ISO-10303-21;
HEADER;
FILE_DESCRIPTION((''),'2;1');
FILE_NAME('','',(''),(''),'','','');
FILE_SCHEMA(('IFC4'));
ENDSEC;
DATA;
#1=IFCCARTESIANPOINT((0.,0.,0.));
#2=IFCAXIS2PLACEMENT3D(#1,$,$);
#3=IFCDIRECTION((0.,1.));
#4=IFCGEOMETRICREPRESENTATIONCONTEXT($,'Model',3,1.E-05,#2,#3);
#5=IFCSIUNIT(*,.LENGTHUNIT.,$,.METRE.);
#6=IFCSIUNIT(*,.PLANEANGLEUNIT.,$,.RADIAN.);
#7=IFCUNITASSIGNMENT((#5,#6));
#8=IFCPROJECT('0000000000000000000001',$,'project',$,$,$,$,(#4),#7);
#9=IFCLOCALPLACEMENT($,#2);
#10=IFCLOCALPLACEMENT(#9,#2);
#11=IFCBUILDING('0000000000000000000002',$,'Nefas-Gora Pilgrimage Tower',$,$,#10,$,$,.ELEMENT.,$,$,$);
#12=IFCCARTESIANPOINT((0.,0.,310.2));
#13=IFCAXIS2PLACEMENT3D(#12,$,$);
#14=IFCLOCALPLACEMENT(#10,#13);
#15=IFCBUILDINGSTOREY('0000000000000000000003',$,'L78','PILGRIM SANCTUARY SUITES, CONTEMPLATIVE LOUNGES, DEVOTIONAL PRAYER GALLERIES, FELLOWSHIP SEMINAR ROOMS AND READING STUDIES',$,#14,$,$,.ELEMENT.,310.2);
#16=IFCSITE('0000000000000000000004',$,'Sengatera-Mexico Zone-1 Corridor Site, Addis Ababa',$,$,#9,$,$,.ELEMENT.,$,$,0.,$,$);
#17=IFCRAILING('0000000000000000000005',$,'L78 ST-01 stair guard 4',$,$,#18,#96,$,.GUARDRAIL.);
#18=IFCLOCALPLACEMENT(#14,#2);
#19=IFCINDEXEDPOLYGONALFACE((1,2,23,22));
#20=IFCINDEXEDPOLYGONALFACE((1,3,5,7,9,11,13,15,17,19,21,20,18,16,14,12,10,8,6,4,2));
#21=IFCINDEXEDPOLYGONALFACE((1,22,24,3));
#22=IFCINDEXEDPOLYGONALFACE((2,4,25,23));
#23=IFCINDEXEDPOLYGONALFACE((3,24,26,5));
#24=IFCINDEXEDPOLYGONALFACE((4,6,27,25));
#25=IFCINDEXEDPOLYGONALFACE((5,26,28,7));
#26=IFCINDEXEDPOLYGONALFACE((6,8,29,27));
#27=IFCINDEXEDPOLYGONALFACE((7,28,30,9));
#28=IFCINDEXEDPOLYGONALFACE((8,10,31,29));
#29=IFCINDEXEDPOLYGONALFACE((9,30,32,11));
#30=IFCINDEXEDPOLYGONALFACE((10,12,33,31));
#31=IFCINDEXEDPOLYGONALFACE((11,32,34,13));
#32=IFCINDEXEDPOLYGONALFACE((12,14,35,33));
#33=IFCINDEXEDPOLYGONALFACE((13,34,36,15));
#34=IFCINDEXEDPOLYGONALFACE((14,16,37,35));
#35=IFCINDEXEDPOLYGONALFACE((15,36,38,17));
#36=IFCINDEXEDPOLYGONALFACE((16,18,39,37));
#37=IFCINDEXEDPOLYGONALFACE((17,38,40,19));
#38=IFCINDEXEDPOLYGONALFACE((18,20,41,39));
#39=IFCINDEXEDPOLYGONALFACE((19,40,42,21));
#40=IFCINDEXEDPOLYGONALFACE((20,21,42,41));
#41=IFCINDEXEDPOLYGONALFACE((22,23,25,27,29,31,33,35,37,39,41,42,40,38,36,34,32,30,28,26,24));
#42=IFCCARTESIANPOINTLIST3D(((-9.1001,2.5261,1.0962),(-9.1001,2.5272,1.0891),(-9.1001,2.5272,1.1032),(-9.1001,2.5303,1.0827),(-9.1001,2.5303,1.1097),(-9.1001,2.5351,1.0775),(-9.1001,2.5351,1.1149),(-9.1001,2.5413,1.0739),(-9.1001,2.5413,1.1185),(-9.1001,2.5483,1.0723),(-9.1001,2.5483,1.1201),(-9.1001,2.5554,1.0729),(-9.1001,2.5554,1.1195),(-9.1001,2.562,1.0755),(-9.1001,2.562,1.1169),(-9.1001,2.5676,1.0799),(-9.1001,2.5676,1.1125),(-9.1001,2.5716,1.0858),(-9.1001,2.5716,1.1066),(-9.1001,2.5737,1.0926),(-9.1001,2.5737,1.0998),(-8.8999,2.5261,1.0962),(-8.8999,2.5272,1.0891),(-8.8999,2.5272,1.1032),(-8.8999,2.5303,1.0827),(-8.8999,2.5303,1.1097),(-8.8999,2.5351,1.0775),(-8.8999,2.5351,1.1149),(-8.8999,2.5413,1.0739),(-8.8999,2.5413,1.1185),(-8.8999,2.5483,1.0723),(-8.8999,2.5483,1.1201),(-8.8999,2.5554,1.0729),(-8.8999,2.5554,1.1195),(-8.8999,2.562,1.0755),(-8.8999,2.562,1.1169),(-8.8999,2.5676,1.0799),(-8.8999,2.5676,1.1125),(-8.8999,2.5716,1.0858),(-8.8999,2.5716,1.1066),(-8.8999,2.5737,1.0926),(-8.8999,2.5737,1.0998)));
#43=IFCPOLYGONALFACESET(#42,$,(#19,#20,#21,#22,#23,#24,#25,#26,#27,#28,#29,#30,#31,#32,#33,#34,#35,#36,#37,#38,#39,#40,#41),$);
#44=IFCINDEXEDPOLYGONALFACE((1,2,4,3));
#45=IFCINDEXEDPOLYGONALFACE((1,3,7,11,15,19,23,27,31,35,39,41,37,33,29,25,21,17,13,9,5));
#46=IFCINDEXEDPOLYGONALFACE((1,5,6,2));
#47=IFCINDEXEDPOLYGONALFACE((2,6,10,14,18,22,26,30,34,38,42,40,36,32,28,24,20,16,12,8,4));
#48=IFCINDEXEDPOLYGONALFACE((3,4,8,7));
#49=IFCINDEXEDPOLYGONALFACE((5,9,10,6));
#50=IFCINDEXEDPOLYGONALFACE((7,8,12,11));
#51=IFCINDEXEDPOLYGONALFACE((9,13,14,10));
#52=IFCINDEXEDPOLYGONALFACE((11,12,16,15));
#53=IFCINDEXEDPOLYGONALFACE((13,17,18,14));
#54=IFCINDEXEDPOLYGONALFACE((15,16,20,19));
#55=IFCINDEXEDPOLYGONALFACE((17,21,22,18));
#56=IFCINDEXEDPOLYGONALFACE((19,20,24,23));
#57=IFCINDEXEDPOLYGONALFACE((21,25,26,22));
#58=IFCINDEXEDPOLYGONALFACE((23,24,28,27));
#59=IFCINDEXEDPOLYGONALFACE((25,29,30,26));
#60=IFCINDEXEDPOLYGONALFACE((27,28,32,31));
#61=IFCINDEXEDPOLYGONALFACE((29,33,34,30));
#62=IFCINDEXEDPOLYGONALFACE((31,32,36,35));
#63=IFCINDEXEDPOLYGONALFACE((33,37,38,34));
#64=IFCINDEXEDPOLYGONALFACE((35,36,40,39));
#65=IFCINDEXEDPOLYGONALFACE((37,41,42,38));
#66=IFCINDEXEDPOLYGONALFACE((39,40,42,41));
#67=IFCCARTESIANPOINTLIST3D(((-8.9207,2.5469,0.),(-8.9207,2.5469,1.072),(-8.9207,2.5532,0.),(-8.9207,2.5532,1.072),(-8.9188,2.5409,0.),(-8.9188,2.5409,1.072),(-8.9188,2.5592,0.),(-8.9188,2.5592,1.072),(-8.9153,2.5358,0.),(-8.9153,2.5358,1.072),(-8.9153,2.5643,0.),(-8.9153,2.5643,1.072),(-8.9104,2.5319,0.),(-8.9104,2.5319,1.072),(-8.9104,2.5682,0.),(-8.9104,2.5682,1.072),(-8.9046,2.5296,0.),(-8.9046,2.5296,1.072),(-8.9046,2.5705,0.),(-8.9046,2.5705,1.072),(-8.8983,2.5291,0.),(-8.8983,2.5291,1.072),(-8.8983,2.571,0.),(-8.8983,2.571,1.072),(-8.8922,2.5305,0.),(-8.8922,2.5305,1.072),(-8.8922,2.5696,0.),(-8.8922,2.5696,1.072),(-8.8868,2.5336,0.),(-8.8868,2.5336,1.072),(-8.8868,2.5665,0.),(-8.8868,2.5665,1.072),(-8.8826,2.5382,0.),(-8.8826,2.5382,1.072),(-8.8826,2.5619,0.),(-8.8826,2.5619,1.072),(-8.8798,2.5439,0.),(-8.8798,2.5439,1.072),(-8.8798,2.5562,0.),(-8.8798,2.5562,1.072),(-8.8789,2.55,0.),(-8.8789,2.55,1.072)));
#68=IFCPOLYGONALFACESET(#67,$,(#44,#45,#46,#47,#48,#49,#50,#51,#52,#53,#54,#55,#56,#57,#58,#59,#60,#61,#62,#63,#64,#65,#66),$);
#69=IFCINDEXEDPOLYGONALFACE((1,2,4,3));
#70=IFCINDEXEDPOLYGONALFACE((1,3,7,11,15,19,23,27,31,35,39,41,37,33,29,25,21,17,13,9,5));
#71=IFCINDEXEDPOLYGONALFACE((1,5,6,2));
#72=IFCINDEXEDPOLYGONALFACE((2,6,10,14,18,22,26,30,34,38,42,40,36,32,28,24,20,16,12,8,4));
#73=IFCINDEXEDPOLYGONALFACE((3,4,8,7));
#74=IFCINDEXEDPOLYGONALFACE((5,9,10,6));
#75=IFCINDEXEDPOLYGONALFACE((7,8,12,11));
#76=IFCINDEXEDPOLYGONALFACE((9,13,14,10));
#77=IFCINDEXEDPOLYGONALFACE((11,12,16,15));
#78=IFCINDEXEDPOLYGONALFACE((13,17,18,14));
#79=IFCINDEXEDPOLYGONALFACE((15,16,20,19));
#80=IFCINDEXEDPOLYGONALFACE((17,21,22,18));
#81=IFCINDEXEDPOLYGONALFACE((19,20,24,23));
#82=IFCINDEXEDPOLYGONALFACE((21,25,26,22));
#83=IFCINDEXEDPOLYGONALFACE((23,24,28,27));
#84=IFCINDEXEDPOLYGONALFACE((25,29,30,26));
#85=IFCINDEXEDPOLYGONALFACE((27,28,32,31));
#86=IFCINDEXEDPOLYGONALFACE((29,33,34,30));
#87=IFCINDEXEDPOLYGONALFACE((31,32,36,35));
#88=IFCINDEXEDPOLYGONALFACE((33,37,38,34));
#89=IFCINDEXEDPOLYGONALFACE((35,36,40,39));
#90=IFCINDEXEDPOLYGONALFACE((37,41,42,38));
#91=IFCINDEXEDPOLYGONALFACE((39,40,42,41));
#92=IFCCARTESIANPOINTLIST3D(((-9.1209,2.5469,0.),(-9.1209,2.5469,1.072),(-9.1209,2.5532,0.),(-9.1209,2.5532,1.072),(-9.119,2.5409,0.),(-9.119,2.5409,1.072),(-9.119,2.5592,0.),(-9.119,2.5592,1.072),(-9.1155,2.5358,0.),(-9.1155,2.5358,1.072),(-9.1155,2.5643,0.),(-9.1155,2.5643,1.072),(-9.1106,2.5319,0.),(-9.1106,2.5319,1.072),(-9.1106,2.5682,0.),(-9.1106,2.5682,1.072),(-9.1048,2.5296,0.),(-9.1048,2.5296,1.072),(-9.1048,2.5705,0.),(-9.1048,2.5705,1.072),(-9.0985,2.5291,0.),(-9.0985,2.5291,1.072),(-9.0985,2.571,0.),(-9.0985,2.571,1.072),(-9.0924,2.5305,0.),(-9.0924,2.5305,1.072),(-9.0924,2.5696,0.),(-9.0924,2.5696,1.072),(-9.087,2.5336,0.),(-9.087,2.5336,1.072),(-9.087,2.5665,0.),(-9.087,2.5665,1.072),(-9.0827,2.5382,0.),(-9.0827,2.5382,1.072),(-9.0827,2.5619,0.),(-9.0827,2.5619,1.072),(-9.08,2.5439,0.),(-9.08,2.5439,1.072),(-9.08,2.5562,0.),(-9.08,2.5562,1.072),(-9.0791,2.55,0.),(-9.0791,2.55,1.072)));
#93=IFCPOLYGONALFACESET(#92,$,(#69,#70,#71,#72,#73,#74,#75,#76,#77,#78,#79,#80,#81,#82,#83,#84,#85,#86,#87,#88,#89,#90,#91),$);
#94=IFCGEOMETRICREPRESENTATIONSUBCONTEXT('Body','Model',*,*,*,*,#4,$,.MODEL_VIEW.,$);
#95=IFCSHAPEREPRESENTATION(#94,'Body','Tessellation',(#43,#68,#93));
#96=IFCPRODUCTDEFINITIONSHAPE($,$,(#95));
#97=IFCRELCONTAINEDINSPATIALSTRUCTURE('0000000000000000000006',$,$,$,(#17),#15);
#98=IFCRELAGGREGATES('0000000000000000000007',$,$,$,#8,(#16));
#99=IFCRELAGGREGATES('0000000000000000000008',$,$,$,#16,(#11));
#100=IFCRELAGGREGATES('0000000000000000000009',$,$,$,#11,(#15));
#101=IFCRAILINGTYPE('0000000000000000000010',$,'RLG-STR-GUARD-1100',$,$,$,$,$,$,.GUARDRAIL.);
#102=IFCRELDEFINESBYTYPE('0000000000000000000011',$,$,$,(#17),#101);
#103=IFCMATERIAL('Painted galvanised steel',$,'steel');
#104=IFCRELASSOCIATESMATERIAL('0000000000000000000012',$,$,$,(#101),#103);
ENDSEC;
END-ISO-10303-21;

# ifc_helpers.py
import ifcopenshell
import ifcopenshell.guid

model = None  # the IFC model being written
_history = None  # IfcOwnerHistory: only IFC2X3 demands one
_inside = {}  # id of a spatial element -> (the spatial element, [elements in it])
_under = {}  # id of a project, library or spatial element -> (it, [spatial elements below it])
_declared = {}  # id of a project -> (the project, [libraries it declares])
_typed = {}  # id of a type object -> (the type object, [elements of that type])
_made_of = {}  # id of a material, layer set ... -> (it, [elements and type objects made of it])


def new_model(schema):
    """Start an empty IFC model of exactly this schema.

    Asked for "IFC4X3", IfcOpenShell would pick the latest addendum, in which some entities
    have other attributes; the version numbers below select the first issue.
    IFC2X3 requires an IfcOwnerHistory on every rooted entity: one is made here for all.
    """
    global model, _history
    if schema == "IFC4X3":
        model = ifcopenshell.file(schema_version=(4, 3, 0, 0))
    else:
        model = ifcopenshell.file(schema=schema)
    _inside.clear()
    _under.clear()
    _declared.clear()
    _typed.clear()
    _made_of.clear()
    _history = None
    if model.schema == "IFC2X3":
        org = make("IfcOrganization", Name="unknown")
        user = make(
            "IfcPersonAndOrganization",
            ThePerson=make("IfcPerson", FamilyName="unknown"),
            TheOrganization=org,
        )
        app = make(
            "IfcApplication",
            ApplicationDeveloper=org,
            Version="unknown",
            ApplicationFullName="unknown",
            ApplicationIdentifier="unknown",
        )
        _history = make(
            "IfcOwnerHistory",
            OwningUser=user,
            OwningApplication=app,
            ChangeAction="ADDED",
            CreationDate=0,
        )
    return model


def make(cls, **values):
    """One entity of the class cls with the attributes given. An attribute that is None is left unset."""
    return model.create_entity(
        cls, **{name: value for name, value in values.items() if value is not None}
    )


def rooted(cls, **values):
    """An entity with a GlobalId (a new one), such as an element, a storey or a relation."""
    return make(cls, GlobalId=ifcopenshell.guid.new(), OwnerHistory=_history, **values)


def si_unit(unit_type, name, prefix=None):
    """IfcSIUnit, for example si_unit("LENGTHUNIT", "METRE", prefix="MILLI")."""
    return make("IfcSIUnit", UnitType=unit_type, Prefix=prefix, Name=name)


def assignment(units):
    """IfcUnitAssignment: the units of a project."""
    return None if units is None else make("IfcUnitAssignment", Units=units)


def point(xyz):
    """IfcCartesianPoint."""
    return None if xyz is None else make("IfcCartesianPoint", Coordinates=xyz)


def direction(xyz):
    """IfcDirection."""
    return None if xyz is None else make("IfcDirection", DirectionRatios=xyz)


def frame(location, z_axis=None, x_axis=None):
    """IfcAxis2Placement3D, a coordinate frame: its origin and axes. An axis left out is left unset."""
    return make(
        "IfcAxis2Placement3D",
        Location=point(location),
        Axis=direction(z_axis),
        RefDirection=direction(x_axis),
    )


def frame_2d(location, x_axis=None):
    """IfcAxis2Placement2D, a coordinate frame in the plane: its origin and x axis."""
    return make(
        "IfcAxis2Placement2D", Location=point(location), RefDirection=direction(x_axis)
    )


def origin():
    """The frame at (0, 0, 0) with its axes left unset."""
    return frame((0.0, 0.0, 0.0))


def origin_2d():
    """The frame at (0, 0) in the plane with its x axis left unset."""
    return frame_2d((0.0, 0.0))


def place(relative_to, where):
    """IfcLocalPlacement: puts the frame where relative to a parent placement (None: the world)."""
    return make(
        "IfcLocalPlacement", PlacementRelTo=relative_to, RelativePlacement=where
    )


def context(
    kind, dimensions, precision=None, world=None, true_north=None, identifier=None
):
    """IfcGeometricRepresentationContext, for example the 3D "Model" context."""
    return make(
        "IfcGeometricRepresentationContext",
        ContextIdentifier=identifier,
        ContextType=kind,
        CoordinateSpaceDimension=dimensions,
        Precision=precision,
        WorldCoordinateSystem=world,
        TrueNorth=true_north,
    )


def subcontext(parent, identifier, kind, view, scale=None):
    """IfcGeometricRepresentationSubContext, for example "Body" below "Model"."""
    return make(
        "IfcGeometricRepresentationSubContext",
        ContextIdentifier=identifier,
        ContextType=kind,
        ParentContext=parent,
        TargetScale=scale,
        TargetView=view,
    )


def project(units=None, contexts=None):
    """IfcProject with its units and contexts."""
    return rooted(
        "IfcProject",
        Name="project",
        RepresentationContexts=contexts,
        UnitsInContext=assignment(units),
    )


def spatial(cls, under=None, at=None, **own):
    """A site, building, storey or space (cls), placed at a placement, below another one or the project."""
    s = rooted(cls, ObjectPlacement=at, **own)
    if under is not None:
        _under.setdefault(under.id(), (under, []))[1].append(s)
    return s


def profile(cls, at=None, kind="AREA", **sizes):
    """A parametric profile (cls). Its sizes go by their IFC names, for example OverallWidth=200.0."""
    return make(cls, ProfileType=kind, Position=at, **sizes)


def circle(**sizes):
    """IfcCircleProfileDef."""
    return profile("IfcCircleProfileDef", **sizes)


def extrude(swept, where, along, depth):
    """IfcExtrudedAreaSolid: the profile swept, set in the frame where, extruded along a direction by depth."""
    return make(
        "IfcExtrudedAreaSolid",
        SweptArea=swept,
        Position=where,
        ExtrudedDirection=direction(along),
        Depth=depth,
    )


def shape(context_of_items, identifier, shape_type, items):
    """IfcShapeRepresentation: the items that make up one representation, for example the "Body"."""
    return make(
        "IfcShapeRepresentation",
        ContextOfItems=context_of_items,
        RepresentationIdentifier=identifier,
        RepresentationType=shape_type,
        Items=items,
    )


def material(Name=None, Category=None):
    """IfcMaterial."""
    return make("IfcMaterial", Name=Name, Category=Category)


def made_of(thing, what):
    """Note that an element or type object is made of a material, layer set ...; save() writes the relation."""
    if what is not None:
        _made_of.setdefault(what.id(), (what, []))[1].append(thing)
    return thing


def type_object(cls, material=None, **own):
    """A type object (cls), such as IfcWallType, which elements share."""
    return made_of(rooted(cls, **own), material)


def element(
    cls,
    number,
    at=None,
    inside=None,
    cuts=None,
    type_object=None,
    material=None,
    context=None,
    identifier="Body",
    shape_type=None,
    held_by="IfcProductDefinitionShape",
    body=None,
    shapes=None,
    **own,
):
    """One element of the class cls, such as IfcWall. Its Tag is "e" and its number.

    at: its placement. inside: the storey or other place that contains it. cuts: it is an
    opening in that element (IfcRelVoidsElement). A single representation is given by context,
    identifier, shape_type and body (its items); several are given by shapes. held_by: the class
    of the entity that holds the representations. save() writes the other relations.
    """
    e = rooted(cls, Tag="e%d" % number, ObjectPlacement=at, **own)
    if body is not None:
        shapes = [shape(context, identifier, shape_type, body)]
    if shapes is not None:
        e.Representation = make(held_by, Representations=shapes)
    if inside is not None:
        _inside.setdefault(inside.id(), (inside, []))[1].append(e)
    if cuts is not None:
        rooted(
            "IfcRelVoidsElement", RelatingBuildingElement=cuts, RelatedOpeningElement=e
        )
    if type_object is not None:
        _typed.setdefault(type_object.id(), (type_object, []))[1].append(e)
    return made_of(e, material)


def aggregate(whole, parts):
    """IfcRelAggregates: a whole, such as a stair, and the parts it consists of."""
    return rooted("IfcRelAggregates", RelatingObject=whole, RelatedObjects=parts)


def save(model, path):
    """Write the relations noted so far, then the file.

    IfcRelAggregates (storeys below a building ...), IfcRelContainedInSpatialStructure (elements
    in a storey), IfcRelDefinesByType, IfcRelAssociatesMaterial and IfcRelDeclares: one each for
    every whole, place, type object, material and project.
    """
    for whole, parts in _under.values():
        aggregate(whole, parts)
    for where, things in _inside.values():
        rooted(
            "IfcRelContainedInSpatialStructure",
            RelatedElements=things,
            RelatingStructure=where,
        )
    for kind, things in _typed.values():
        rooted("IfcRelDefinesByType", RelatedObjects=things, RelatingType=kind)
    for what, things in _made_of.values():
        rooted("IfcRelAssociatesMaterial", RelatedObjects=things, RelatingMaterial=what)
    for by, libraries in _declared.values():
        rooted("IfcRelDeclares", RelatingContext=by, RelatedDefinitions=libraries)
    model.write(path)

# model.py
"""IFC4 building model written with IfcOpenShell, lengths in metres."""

from ifc_helpers import new_model, si_unit, direction, frame, origin, origin_2d, place, context, subcontext, project, spatial, circle, extrude, material, type_object, element, save


model = new_model("IFC4")

# Units and contexts
model_context = context("Model", 3, precision=1e-05, world=origin(), true_north=direction((0.0, 1.0)))
body_context = subcontext(model_context, "Body", "Model", "MODEL_VIEW")
ifc_project = project(units=[si_unit("LENGTHUNIT", "METRE"), si_unit("PLANEANGLEUNIT", "RADIAN")], contexts=[model_context])

# Site, building, storey
site_placement = place(None, origin())
site = spatial("IfcSite", under=ifc_project, at=site_placement, Name="Sengatera-Mexico Zone-1 Corridor Site, Addis Ababa", CompositionType="ELEMENT", RefElevation=0.0)
building_placement = place(site_placement, origin())
building = spatial("IfcBuilding", under=site, at=building_placement, Name="Nefas-Gora Pilgrimage Tower", CompositionType="ELEMENT")
storey_placement = place(building_placement, frame((0.0, 0.0, 310.2)))
storey = spatial("IfcBuildingStorey", under=building, at=storey_placement, Name="L78", Description="PILGRIM SANCTUARY SUITES, CONTEMPLATIVE LOUNGES, DEVOTIONAL PRAYER GALLERIES, FELLOWSHIP SEMINAR ROOMS AND READING STUDIES", CompositionType="ELEMENT", Elevation=310.2)

# Railing
ifc_material_1 = material(Name="Painted galvanised steel", Category="steel")
railing_type_1 = type_object("IfcRailingType", Name="RLG-STR-GUARD-1100", PredefinedType="GUARDRAIL", material=ifc_material_1)
railing_1_placement = place(storey_placement, frame((-8.8999, 2.55, 0.0)))
element("IfcRailing", 1, at=railing_1_placement, inside=storey, type_object=railing_type_1, Name="L78 ST-01 stair guard 4", PredefinedType="GUARDRAIL", context=body_context, shape_type="SweptSolid", body=[
    extrude(circle(Radius=0.0239, at=origin_2d()), frame((0.0, 0.0, 1.0962), z_axis=(-1.0, 0.0, 0.0), x_axis=(0.0, -1.0, 0.0)), (0.0, 0.0, 1.0), 0.2002),
    extrude(circle(Radius=0.021, at=origin_2d()), origin(), (0.0, 0.0, 1.0), 1.072),
    extrude(circle(Radius=0.021, at=origin_2d()), frame((-0.2002, 0.0, 0.0)), (0.0, 0.0, 1.0), 1.072),
])

save(model, "model.ifc")
